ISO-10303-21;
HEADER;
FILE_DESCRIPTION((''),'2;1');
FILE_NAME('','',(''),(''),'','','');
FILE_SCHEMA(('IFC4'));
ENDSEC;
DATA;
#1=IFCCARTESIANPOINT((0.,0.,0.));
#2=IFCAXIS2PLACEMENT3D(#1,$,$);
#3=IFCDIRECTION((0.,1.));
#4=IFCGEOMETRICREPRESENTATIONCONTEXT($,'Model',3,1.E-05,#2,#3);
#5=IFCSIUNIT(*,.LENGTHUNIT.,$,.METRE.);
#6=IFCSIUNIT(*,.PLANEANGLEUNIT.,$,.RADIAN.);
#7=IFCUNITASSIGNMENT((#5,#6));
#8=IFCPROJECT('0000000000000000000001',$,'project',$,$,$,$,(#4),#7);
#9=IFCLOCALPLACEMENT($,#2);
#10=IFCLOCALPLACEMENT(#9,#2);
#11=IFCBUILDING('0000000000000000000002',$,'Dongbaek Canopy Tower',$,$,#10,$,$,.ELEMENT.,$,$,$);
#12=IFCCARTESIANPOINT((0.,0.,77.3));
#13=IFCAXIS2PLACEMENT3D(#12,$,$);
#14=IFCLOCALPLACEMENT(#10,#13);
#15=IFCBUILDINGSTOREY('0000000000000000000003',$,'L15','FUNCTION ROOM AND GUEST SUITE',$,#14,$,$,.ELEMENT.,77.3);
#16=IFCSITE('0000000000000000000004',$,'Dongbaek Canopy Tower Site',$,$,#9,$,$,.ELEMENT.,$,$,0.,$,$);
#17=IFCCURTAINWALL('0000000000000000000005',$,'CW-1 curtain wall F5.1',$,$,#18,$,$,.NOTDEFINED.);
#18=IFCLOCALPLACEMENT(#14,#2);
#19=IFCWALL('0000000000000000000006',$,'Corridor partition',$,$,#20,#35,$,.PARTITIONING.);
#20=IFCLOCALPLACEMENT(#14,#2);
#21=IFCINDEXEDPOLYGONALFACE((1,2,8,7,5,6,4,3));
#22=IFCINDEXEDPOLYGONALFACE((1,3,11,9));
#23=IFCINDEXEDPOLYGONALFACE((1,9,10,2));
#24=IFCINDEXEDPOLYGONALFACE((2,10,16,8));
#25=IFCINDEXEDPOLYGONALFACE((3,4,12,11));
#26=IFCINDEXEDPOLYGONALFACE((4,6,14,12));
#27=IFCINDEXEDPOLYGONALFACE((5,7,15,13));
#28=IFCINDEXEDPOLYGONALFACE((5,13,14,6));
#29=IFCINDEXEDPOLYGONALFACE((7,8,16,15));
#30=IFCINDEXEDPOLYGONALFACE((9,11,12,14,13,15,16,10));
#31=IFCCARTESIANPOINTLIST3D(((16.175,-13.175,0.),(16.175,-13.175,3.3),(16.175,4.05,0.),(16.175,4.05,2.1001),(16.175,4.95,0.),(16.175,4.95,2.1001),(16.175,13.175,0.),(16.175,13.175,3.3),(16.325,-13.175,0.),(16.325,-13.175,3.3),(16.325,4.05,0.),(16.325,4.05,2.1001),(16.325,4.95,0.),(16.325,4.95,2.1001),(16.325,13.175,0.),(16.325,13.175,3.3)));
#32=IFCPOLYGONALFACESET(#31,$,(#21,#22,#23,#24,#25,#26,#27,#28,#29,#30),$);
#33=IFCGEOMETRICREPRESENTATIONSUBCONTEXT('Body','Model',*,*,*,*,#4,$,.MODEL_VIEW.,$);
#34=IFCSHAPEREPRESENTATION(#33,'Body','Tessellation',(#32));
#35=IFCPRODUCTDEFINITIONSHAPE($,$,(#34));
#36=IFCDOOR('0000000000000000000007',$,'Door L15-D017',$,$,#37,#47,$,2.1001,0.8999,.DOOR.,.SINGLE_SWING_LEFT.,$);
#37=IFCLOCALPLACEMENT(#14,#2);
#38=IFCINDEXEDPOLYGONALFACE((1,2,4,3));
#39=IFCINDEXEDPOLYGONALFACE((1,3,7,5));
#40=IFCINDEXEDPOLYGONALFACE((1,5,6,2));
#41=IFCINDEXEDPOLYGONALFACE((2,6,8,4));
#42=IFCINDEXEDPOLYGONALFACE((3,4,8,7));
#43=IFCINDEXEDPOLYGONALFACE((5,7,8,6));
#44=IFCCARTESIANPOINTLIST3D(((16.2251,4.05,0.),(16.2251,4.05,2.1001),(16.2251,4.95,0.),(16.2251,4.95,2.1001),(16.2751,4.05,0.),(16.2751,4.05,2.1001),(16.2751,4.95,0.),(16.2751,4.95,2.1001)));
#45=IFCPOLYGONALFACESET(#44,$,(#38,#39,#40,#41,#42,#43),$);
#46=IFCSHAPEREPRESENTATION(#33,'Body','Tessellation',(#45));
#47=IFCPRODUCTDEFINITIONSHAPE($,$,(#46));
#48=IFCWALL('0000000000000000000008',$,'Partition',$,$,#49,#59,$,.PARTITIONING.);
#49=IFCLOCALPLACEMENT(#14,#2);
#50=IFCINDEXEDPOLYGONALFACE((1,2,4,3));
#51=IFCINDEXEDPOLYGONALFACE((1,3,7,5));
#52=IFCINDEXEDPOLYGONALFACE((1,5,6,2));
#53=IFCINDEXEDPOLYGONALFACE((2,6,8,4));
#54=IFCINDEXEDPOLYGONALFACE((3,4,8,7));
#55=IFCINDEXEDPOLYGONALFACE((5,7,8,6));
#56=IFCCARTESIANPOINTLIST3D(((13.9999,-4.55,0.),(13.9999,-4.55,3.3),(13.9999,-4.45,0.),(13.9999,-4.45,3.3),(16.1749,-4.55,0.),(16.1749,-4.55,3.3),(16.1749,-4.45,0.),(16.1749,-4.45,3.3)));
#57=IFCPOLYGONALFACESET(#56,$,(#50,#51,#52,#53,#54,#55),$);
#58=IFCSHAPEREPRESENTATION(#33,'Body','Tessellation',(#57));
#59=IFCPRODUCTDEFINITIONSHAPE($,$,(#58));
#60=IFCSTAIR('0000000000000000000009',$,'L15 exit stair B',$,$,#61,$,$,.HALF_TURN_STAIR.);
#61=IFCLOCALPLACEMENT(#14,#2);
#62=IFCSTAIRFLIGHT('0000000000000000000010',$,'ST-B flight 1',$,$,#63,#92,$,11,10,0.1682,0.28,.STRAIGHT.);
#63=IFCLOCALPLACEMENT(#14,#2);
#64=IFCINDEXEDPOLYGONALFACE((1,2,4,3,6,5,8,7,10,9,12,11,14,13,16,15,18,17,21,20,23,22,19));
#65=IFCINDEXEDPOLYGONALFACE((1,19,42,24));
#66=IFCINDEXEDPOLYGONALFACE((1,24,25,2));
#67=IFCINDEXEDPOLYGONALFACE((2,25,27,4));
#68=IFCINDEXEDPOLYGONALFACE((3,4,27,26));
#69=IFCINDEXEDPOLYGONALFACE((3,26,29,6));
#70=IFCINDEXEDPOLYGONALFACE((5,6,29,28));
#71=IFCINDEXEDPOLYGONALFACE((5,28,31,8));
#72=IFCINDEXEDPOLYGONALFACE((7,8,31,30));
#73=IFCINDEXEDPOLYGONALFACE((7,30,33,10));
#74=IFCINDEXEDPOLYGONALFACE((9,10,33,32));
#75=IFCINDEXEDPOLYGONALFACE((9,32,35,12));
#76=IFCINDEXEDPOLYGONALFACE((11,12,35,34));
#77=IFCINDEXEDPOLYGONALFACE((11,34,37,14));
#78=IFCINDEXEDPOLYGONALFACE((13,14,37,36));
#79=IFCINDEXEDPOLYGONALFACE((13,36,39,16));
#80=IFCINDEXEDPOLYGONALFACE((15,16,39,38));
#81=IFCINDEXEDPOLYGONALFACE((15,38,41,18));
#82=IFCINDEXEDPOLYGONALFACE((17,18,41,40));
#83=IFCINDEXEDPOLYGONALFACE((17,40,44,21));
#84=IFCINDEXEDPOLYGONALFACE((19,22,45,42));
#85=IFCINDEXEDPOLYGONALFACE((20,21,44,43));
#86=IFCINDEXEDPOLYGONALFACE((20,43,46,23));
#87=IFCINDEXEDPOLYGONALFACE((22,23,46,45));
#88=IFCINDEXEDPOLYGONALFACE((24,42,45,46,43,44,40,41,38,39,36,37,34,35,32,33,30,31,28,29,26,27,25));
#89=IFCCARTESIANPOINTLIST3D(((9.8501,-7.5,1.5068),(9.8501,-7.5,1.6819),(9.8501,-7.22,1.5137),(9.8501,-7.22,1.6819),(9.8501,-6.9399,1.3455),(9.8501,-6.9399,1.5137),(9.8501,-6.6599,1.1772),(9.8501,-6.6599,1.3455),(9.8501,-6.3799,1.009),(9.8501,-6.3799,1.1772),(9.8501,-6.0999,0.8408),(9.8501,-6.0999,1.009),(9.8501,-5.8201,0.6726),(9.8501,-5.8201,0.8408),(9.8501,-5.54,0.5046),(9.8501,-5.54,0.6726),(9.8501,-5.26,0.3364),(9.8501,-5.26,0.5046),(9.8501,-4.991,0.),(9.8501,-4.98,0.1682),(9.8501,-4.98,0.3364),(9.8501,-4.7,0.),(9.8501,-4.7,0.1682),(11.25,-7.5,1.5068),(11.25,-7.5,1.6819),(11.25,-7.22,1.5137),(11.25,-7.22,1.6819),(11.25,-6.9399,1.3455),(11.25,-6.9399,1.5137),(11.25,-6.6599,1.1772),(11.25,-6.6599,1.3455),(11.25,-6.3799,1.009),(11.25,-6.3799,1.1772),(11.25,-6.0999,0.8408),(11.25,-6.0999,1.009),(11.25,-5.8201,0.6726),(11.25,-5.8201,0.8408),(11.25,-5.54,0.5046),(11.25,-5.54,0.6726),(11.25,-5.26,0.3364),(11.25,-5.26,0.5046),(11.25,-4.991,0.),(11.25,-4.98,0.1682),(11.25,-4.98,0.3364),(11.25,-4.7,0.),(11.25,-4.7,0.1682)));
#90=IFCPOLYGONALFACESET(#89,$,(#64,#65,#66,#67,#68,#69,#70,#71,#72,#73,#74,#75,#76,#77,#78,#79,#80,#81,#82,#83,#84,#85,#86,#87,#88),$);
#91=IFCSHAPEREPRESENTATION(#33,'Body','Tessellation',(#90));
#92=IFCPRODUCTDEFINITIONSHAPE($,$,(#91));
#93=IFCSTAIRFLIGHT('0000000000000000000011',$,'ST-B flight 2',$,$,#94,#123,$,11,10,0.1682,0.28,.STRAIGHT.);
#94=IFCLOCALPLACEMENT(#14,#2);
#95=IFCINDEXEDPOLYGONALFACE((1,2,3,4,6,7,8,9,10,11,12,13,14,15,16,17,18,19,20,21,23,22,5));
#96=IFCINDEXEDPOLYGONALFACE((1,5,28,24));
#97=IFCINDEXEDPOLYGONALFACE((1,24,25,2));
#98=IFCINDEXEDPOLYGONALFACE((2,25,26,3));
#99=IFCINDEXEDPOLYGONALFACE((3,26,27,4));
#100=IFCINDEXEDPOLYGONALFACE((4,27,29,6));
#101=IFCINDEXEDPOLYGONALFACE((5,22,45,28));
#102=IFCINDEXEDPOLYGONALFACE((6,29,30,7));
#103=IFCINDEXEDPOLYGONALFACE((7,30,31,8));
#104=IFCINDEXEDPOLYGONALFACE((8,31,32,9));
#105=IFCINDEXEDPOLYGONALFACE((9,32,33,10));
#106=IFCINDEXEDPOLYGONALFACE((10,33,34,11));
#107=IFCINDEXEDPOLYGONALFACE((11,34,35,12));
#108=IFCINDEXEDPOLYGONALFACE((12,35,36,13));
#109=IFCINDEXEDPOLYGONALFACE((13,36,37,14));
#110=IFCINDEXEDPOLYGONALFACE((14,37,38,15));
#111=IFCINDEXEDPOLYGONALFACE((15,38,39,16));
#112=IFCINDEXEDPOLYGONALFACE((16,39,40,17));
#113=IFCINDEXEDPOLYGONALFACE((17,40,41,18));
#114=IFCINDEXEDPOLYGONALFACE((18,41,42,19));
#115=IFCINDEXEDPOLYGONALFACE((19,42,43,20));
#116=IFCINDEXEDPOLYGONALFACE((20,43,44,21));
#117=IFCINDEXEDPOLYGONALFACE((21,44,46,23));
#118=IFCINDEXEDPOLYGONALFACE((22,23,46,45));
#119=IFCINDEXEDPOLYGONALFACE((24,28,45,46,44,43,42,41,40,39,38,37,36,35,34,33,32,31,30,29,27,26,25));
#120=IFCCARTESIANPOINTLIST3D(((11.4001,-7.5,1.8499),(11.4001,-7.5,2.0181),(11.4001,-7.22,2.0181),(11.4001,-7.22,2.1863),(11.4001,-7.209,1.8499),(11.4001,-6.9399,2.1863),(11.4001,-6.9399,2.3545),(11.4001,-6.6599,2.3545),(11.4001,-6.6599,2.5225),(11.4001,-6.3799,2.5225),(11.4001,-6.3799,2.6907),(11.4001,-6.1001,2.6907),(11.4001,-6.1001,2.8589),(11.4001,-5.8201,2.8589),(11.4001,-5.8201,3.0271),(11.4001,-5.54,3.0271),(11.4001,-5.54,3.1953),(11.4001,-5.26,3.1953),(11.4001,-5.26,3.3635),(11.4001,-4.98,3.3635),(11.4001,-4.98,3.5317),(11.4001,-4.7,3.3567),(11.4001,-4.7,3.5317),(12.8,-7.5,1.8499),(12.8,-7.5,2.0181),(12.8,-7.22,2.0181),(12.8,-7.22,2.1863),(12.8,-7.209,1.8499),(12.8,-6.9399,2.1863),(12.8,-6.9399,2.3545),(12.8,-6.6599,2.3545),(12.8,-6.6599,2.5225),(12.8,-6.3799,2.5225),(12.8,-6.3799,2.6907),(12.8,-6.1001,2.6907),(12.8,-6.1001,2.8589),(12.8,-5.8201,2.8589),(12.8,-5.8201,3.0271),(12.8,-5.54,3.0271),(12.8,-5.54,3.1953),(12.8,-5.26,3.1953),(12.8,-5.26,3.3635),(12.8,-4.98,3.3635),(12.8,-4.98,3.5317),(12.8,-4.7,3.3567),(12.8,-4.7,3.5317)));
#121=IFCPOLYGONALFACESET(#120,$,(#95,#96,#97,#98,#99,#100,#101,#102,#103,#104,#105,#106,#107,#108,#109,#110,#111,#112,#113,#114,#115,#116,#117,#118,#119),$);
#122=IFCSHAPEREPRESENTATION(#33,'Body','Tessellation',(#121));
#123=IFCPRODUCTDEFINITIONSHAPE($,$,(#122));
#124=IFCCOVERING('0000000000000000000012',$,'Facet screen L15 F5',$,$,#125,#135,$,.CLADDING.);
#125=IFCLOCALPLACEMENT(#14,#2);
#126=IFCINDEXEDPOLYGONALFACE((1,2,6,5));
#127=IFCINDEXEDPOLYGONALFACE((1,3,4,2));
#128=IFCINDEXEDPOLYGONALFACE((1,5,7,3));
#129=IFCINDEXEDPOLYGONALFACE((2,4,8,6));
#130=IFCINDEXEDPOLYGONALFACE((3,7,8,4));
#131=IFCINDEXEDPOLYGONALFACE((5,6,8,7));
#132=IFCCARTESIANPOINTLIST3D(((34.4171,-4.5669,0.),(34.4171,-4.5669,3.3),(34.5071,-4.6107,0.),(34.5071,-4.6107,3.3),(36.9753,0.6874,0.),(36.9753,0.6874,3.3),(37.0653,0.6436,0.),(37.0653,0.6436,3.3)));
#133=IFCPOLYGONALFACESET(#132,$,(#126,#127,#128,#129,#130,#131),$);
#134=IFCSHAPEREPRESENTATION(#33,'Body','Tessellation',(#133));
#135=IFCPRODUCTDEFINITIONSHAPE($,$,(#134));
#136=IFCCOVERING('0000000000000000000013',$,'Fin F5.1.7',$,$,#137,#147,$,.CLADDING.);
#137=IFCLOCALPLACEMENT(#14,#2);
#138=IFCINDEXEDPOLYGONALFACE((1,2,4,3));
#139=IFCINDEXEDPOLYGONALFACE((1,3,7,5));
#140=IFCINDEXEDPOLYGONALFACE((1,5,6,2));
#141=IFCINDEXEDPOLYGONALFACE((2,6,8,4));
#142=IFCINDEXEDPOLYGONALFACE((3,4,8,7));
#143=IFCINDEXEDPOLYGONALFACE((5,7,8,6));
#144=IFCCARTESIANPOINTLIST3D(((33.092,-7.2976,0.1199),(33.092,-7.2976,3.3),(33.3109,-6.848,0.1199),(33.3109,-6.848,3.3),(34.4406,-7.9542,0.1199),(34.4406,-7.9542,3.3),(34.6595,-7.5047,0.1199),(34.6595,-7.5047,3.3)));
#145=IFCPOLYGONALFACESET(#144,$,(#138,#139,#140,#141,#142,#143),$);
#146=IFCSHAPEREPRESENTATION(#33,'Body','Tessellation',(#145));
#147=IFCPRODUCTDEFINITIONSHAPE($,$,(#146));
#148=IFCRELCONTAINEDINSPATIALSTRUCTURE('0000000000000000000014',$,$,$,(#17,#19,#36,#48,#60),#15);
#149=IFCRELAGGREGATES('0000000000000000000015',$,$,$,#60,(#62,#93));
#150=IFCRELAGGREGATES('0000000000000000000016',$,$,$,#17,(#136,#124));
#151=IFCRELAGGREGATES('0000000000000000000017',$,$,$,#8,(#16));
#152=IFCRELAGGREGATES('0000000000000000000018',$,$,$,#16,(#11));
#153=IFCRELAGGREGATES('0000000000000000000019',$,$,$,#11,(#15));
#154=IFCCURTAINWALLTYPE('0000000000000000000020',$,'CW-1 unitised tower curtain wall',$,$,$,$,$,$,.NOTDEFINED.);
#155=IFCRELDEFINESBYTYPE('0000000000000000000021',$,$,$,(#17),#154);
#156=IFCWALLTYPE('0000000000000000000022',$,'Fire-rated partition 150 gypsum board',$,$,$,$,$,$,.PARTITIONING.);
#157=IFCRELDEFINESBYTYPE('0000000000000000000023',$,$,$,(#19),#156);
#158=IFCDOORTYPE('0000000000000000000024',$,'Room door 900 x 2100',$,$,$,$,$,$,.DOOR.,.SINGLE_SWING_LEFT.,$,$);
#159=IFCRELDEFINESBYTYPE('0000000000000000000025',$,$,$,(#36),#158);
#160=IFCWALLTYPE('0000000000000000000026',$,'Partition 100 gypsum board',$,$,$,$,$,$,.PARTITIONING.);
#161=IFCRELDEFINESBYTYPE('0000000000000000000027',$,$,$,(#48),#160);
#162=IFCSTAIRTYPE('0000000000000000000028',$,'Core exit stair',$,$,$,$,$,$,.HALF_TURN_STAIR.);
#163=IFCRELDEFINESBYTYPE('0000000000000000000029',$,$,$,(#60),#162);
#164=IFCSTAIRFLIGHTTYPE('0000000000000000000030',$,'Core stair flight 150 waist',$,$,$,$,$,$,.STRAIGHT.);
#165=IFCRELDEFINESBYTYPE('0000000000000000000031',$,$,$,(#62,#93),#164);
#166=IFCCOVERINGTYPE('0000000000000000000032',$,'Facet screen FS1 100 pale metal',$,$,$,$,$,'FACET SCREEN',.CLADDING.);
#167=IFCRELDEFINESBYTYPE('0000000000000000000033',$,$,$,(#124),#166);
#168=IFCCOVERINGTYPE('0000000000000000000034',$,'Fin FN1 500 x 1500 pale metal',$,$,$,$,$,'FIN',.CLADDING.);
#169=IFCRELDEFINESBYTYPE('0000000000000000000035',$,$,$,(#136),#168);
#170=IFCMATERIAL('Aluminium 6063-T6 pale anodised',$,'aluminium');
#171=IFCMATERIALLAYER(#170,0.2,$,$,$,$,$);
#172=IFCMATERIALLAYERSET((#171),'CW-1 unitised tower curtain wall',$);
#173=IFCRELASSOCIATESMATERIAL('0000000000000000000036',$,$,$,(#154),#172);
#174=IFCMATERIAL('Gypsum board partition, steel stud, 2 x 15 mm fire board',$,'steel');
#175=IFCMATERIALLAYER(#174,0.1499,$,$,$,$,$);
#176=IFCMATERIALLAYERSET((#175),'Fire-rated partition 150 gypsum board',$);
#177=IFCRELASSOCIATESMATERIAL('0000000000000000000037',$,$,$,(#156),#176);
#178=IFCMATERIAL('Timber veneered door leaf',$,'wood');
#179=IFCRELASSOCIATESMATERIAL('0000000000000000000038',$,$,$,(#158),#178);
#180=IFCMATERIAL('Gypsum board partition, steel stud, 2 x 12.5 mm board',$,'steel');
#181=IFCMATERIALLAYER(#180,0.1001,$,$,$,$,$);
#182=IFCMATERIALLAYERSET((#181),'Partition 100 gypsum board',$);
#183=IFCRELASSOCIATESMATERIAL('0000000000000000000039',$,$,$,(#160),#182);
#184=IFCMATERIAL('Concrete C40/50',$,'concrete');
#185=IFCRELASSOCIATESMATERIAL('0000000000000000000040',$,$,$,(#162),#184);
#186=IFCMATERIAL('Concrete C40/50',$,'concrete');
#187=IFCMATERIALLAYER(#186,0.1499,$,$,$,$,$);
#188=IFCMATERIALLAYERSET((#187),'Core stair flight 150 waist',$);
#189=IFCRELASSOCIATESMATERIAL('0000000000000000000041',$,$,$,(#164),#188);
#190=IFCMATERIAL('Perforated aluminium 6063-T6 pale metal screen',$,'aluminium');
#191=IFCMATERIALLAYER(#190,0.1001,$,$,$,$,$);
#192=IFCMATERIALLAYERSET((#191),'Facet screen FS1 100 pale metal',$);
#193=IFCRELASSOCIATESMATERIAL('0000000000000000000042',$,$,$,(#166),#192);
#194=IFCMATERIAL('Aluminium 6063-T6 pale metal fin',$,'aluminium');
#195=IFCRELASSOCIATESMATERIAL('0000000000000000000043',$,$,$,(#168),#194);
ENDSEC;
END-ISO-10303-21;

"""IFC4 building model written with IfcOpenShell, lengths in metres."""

from ifc_helpers import new_model, si_unit, direction, frame, frame_2d, origin, origin_2d, place, context, subcontext, project, spatial, polyline, rectangle, outline, extrude, material, layer, layer_set, material_profile, profile_set, type_object, element, fill, aggregate, save


model = new_model("IFC4")

# Units and contexts
model_context = context("Model", 3, precision=1e-05, world=origin(), true_north=direction((0.0, 1.0)))
body_context = subcontext(model_context, "Body", "Model", "MODEL_VIEW")
ifc_project = project(units=[si_unit("LENGTHUNIT", "METRE"), si_unit("PLANEANGLEUNIT", "RADIAN")], contexts=[model_context])

# Site, building, storey
site_placement = place(None, origin())
site = spatial("IfcSite", under=ifc_project, at=site_placement, Name="Dongbaek Canopy Tower Site", CompositionType="ELEMENT", RefElevation=0.0)
building_placement = place(site_placement, origin())
building = spatial("IfcBuilding", under=site, at=building_placement, Name="Dongbaek Canopy Tower", CompositionType="ELEMENT")
storey_placement = place(building_placement, frame((0.0, 0.0, 77.3)))
storey = spatial("IfcBuildingStorey", under=building, at=storey_placement, Name="L15", Description="FUNCTION ROOM AND GUEST SUITE", CompositionType="ELEMENT", Elevation=77.3)

# Curtain wall
ifc_material_1 = material(Name="Aluminium 6063-T6 pale anodised", Category="aluminium")
ifc_layer_1 = layer(ifc_material_1, 0.2)
ifc_layer_set_1 = layer_set([ifc_layer_1], Name="CW-1 unitised tower curtain wall")
curtain_wall_type = type_object("IfcCurtainWallType", Name="CW-1 unitised tower curtain wall", PredefinedType="NOTDEFINED", material=ifc_layer_set_1)
curtain_wall_placement = place(storey_placement, origin())
curtain_wall = element("IfcCurtainWall", 1, at=curtain_wall_placement, inside=storey, type_object=curtain_wall_type, Name="CW-1 curtain wall F5.1", PredefinedType="NOTDEFINED")

# Wall, opening, door
ifc_material_2 = material(Name="Gypsum board partition, steel stud, 2 x 15 mm fire board", Category="steel")
ifc_layer_2 = layer(ifc_material_2, 0.1499)
ifc_layer_set_2 = layer_set([ifc_layer_2], Name="Fire-rated partition 150 gypsum board")
wall_type_1 = type_object("IfcWallType", Name="Fire-rated partition 150 gypsum board", PredefinedType="PARTITIONING", material=ifc_layer_set_2)
wall_1_placement = place(storey_placement, frame((16.25, -13.175, 0.0), z_axis=(0.0, 0.0, 1.0), x_axis=(0.0, 1.0, 0.0)))
wall_1 = element("IfcWall", 2, at=wall_1_placement, inside=storey, type_object=wall_type_1, Name="Corridor partition", PredefinedType="PARTITIONING", context=body_context, shape_type="SweptSolid", body=[
    extrude(rectangle(XDim=26.3501, YDim=0.1499, at=frame_2d((13.175, 0.0))), origin(), (0.0, 0.0, 1.0), 3.3),
])
opening_1_placement = place(wall_1_placement, frame((17.2251, 0.0, 0.0)))
opening_1 = element("IfcOpeningElement", 3, at=opening_1_placement, cuts=wall_1, PredefinedType="OPENING", context=body_context, shape_type="SweptSolid", body=[
    extrude(rectangle(XDim=0.8999, YDim=2.1001, at=frame_2d((0.45, 1.05))), frame((0.0, 0.085, 0.0), z_axis=(0.0, -1.0, 0.0), x_axis=(1.0, 0.0, 0.0)), (0.0, 0.0, 1.0), 0.1699),
])
ifc_material_3 = material(Name="Timber veneered door leaf", Category="wood")
door_type_1 = type_object("IfcDoorType", Name="Room door 900 x 2100", OperationType="SINGLE_SWING_LEFT", PredefinedType="DOOR", material=ifc_material_3)
door_1_placement = place(opening_1_placement, origin())
door_1 = element("IfcDoor", 4, at=door_1_placement, inside=storey, type_object=door_type_1, Name="Door L15-D017", OperationType="SINGLE_SWING_LEFT", OverallHeight=2.1001, OverallWidth=0.8999, PredefinedType="DOOR", context=body_context, shape_type="SweptSolid", body=[
    extrude(rectangle(XDim=0.8999, YDim=2.1001, at=frame_2d((0.45, 1.05))), frame((0.0, 0.0249, 0.0), z_axis=(0.0, -1.0, 0.0), x_axis=(1.0, 0.0, 0.0)), (0.0, 0.0, 1.0), 0.05),
])
fill(opening_1, door_1)

# Wall
ifc_material_4 = material(Name="Gypsum board partition, steel stud, 2 x 12.5 mm board", Category="steel")
ifc_layer_3 = layer(ifc_material_4, 0.1001)
ifc_layer_set_3 = layer_set([ifc_layer_3], Name="Partition 100 gypsum board")
wall_type_2 = type_object("IfcWallType", Name="Partition 100 gypsum board", PredefinedType="PARTITIONING", material=ifc_layer_set_3)
wall_2_placement = place(storey_placement, frame((14.0, -4.5, 0.0), z_axis=(0.0, 0.0, 1.0), x_axis=(1.0, 0.0, 0.0)))
element("IfcWall", 5, at=wall_2_placement, inside=storey, type_object=wall_type_2, Name="Partition", PredefinedType="PARTITIONING", context=body_context, shape_type="SweptSolid", body=[
    extrude(rectangle(XDim=2.175, YDim=0.1001, at=frame_2d((1.0874, 0.0))), origin(), (0.0, 0.0, 1.0), 3.3),
])

# Stair, stair flights
ifc_material_5 = material(Name="Concrete C40/50", Category="concrete")
stair_type = type_object("IfcStairType", Name="Core exit stair", PredefinedType="HALF_TURN_STAIR", material=ifc_material_5)
stair_placement = place(storey_placement, origin())
stair = element("IfcStair", 6, at=stair_placement, inside=storey, type_object=stair_type, Name="L15 exit stair B", PredefinedType="HALF_TURN_STAIR")
ifc_material_6 = material(Name="Concrete C40/50", Category="concrete")
ifc_layer_4 = layer(ifc_material_6, 0.1499)
ifc_layer_set_4 = layer_set([ifc_layer_4], Name="Core stair flight 150 waist")
stair_flight_type = type_object("IfcStairFlightType", Name="Core stair flight 150 waist", PredefinedType="STRAIGHT", material=ifc_layer_set_4)
stair_flight_1_placement = place(storey_placement, frame((10.55, -4.7, 0.0), z_axis=(0.0, 0.0, 1.0), x_axis=(0.0, -1.0, 0.0)))
stair_flight_1 = element("IfcStairFlight", 7, at=stair_flight_1_placement, type_object=stair_flight_type, Name="ST-B flight 1", NumberOfRisers=11, NumberOfTreads=10, PredefinedType="STRAIGHT", RiserHeight=0.1682, TreadLength=0.28, context=body_context, shape_type="SweptSolid", body=[
    extrude(outline(polyline([(0.0, 0.0), (0.0, 0.1682), (0.28, 0.1682), (0.28, 0.3364), (0.5601, 0.3364), (0.5601, 0.5046), (0.8401, 0.5046), (0.8401, 0.6726), (1.1201, 0.6726), (1.1201, 0.8408), (1.3999, 0.8408), (1.3999, 1.009), (1.6799, 1.009), (1.6799, 1.1772), (1.96, 1.1772), (1.96, 1.3455), (2.24, 1.3455), (2.24, 1.5137), (2.52, 1.5137), (2.52, 1.6819), (2.8, 1.6819), (2.8, 1.8501), (2.8, 1.5068), (0.291, 0.0), (0.0, 0.0)])), frame((0.0, 0.7, 0.0), z_axis=(0.0, -1.0, 0.0), x_axis=(1.0, 0.0, 0.0)), (0.0, 0.0, 1.0), 1.3999),
])
stair_flight_2_placement = place(storey_placement, frame((12.1001, -7.5, 1.8499), z_axis=(0.0, 0.0, 1.0), x_axis=(0.0, 1.0, 0.0)))
stair_flight_2 = element("IfcStairFlight", 8, at=stair_flight_2_placement, type_object=stair_flight_type, Name="ST-B flight 2", NumberOfRisers=11, NumberOfTreads=10, PredefinedType="STRAIGHT", RiserHeight=0.1682, TreadLength=0.28, context=body_context, shape_type="SweptSolid", body=[
    extrude(outline(polyline([(0.0, 0.0), (0.0, 0.1682), (0.28, 0.1682), (0.28, 0.3364), (0.5601, 0.3364), (0.5601, 0.5046), (0.8401, 0.5046), (0.8401, 0.6726), (1.1201, 0.6726), (1.1201, 0.8408), (1.3999, 0.8408), (1.3999, 1.009), (1.6799, 1.009), (1.6799, 1.1772), (1.96, 1.1772), (1.96, 1.3455), (2.24, 1.3455), (2.24, 1.5137), (2.52, 1.5137), (2.52, 1.6819), (2.8, 1.6819), (2.8, 1.8501), (2.8, 1.5068), (0.291, 0.0), (0.0, 0.0)])), frame((0.0, 0.7, 0.0), z_axis=(0.0, -1.0, 0.0), x_axis=(1.0, 0.0, 0.0)), (0.0, 0.0, 1.0), 1.3999),
])
aggregate(stair, [stair_flight_1, stair_flight_2])

# Coverings
ifc_material_7 = material(Name="Perforated aluminium 6063-T6 pale metal screen", Category="aluminium")
ifc_layer_5 = layer(ifc_material_7, 0.1001)
ifc_layer_set_5 = layer_set([ifc_layer_5], Name="Facet screen FS1 100 pale metal")
covering_type_1 = type_object("IfcCoveringType", Name="Facet screen FS1 100 pale metal", ElementType="FACET SCREEN", PredefinedType="CLADDING", material=ifc_layer_set_5)
covering_1_placement = place(storey_placement, frame((35.7412, -1.9617, 0.0), z_axis=(0.0, 0.0, 1.0), x_axis=(0.437759, 0.899092, 0.0)))
covering_1 = element("IfcCovering", 9, at=covering_1_placement, type_object=covering_type_1, Name="Facet screen L15 F5", PredefinedType="CLADDING", context=body_context, shape_type="SweptSolid", body=[
    extrude(rectangle(XDim=5.844, YDim=0.1001, at=origin_2d()), origin(), (0.0, 0.0, 1.0), 3.3),
])
ifc_material_8 = material(Name="Aluminium 6063-T6 pale metal fin", Category="aluminium")
ifc_material_profile_1 = material_profile(ifc_material_8, rectangle(XDim=1.5, YDim=0.5, at=origin_2d()), Name="Fin FN1 500 x 1500 pale metal")
ifc_profile_set_1 = profile_set([ifc_material_profile_1], Name="Aluminium 6063-T6 pale metal fin")
covering_type_2 = type_object("IfcCoveringType", Name="Fin FN1 500 x 1500 pale metal", ElementType="FIN", PredefinedType="CLADDING", material=ifc_profile_set_1)
covering_2_placement = place(storey_placement, frame((33.8757, -7.4011, 0.1199), z_axis=(0.0, 0.0, 1.0), x_axis=(0.899092, -0.437759, 0.0)))
covering_2 = element("IfcCovering", 10, at=covering_2_placement, type_object=covering_type_2, Name="Fin F5.1.7", PredefinedType="CLADDING", context=body_context, shape_type="SweptSolid", body=[
    extrude(rectangle(XDim=1.5, YDim=0.5, at=origin_2d()), origin(), (0.0, 0.0, 1.0), 3.1802),
])
aggregate(curtain_wall, [covering_2, covering_1])

save(model, "model.ifc")
